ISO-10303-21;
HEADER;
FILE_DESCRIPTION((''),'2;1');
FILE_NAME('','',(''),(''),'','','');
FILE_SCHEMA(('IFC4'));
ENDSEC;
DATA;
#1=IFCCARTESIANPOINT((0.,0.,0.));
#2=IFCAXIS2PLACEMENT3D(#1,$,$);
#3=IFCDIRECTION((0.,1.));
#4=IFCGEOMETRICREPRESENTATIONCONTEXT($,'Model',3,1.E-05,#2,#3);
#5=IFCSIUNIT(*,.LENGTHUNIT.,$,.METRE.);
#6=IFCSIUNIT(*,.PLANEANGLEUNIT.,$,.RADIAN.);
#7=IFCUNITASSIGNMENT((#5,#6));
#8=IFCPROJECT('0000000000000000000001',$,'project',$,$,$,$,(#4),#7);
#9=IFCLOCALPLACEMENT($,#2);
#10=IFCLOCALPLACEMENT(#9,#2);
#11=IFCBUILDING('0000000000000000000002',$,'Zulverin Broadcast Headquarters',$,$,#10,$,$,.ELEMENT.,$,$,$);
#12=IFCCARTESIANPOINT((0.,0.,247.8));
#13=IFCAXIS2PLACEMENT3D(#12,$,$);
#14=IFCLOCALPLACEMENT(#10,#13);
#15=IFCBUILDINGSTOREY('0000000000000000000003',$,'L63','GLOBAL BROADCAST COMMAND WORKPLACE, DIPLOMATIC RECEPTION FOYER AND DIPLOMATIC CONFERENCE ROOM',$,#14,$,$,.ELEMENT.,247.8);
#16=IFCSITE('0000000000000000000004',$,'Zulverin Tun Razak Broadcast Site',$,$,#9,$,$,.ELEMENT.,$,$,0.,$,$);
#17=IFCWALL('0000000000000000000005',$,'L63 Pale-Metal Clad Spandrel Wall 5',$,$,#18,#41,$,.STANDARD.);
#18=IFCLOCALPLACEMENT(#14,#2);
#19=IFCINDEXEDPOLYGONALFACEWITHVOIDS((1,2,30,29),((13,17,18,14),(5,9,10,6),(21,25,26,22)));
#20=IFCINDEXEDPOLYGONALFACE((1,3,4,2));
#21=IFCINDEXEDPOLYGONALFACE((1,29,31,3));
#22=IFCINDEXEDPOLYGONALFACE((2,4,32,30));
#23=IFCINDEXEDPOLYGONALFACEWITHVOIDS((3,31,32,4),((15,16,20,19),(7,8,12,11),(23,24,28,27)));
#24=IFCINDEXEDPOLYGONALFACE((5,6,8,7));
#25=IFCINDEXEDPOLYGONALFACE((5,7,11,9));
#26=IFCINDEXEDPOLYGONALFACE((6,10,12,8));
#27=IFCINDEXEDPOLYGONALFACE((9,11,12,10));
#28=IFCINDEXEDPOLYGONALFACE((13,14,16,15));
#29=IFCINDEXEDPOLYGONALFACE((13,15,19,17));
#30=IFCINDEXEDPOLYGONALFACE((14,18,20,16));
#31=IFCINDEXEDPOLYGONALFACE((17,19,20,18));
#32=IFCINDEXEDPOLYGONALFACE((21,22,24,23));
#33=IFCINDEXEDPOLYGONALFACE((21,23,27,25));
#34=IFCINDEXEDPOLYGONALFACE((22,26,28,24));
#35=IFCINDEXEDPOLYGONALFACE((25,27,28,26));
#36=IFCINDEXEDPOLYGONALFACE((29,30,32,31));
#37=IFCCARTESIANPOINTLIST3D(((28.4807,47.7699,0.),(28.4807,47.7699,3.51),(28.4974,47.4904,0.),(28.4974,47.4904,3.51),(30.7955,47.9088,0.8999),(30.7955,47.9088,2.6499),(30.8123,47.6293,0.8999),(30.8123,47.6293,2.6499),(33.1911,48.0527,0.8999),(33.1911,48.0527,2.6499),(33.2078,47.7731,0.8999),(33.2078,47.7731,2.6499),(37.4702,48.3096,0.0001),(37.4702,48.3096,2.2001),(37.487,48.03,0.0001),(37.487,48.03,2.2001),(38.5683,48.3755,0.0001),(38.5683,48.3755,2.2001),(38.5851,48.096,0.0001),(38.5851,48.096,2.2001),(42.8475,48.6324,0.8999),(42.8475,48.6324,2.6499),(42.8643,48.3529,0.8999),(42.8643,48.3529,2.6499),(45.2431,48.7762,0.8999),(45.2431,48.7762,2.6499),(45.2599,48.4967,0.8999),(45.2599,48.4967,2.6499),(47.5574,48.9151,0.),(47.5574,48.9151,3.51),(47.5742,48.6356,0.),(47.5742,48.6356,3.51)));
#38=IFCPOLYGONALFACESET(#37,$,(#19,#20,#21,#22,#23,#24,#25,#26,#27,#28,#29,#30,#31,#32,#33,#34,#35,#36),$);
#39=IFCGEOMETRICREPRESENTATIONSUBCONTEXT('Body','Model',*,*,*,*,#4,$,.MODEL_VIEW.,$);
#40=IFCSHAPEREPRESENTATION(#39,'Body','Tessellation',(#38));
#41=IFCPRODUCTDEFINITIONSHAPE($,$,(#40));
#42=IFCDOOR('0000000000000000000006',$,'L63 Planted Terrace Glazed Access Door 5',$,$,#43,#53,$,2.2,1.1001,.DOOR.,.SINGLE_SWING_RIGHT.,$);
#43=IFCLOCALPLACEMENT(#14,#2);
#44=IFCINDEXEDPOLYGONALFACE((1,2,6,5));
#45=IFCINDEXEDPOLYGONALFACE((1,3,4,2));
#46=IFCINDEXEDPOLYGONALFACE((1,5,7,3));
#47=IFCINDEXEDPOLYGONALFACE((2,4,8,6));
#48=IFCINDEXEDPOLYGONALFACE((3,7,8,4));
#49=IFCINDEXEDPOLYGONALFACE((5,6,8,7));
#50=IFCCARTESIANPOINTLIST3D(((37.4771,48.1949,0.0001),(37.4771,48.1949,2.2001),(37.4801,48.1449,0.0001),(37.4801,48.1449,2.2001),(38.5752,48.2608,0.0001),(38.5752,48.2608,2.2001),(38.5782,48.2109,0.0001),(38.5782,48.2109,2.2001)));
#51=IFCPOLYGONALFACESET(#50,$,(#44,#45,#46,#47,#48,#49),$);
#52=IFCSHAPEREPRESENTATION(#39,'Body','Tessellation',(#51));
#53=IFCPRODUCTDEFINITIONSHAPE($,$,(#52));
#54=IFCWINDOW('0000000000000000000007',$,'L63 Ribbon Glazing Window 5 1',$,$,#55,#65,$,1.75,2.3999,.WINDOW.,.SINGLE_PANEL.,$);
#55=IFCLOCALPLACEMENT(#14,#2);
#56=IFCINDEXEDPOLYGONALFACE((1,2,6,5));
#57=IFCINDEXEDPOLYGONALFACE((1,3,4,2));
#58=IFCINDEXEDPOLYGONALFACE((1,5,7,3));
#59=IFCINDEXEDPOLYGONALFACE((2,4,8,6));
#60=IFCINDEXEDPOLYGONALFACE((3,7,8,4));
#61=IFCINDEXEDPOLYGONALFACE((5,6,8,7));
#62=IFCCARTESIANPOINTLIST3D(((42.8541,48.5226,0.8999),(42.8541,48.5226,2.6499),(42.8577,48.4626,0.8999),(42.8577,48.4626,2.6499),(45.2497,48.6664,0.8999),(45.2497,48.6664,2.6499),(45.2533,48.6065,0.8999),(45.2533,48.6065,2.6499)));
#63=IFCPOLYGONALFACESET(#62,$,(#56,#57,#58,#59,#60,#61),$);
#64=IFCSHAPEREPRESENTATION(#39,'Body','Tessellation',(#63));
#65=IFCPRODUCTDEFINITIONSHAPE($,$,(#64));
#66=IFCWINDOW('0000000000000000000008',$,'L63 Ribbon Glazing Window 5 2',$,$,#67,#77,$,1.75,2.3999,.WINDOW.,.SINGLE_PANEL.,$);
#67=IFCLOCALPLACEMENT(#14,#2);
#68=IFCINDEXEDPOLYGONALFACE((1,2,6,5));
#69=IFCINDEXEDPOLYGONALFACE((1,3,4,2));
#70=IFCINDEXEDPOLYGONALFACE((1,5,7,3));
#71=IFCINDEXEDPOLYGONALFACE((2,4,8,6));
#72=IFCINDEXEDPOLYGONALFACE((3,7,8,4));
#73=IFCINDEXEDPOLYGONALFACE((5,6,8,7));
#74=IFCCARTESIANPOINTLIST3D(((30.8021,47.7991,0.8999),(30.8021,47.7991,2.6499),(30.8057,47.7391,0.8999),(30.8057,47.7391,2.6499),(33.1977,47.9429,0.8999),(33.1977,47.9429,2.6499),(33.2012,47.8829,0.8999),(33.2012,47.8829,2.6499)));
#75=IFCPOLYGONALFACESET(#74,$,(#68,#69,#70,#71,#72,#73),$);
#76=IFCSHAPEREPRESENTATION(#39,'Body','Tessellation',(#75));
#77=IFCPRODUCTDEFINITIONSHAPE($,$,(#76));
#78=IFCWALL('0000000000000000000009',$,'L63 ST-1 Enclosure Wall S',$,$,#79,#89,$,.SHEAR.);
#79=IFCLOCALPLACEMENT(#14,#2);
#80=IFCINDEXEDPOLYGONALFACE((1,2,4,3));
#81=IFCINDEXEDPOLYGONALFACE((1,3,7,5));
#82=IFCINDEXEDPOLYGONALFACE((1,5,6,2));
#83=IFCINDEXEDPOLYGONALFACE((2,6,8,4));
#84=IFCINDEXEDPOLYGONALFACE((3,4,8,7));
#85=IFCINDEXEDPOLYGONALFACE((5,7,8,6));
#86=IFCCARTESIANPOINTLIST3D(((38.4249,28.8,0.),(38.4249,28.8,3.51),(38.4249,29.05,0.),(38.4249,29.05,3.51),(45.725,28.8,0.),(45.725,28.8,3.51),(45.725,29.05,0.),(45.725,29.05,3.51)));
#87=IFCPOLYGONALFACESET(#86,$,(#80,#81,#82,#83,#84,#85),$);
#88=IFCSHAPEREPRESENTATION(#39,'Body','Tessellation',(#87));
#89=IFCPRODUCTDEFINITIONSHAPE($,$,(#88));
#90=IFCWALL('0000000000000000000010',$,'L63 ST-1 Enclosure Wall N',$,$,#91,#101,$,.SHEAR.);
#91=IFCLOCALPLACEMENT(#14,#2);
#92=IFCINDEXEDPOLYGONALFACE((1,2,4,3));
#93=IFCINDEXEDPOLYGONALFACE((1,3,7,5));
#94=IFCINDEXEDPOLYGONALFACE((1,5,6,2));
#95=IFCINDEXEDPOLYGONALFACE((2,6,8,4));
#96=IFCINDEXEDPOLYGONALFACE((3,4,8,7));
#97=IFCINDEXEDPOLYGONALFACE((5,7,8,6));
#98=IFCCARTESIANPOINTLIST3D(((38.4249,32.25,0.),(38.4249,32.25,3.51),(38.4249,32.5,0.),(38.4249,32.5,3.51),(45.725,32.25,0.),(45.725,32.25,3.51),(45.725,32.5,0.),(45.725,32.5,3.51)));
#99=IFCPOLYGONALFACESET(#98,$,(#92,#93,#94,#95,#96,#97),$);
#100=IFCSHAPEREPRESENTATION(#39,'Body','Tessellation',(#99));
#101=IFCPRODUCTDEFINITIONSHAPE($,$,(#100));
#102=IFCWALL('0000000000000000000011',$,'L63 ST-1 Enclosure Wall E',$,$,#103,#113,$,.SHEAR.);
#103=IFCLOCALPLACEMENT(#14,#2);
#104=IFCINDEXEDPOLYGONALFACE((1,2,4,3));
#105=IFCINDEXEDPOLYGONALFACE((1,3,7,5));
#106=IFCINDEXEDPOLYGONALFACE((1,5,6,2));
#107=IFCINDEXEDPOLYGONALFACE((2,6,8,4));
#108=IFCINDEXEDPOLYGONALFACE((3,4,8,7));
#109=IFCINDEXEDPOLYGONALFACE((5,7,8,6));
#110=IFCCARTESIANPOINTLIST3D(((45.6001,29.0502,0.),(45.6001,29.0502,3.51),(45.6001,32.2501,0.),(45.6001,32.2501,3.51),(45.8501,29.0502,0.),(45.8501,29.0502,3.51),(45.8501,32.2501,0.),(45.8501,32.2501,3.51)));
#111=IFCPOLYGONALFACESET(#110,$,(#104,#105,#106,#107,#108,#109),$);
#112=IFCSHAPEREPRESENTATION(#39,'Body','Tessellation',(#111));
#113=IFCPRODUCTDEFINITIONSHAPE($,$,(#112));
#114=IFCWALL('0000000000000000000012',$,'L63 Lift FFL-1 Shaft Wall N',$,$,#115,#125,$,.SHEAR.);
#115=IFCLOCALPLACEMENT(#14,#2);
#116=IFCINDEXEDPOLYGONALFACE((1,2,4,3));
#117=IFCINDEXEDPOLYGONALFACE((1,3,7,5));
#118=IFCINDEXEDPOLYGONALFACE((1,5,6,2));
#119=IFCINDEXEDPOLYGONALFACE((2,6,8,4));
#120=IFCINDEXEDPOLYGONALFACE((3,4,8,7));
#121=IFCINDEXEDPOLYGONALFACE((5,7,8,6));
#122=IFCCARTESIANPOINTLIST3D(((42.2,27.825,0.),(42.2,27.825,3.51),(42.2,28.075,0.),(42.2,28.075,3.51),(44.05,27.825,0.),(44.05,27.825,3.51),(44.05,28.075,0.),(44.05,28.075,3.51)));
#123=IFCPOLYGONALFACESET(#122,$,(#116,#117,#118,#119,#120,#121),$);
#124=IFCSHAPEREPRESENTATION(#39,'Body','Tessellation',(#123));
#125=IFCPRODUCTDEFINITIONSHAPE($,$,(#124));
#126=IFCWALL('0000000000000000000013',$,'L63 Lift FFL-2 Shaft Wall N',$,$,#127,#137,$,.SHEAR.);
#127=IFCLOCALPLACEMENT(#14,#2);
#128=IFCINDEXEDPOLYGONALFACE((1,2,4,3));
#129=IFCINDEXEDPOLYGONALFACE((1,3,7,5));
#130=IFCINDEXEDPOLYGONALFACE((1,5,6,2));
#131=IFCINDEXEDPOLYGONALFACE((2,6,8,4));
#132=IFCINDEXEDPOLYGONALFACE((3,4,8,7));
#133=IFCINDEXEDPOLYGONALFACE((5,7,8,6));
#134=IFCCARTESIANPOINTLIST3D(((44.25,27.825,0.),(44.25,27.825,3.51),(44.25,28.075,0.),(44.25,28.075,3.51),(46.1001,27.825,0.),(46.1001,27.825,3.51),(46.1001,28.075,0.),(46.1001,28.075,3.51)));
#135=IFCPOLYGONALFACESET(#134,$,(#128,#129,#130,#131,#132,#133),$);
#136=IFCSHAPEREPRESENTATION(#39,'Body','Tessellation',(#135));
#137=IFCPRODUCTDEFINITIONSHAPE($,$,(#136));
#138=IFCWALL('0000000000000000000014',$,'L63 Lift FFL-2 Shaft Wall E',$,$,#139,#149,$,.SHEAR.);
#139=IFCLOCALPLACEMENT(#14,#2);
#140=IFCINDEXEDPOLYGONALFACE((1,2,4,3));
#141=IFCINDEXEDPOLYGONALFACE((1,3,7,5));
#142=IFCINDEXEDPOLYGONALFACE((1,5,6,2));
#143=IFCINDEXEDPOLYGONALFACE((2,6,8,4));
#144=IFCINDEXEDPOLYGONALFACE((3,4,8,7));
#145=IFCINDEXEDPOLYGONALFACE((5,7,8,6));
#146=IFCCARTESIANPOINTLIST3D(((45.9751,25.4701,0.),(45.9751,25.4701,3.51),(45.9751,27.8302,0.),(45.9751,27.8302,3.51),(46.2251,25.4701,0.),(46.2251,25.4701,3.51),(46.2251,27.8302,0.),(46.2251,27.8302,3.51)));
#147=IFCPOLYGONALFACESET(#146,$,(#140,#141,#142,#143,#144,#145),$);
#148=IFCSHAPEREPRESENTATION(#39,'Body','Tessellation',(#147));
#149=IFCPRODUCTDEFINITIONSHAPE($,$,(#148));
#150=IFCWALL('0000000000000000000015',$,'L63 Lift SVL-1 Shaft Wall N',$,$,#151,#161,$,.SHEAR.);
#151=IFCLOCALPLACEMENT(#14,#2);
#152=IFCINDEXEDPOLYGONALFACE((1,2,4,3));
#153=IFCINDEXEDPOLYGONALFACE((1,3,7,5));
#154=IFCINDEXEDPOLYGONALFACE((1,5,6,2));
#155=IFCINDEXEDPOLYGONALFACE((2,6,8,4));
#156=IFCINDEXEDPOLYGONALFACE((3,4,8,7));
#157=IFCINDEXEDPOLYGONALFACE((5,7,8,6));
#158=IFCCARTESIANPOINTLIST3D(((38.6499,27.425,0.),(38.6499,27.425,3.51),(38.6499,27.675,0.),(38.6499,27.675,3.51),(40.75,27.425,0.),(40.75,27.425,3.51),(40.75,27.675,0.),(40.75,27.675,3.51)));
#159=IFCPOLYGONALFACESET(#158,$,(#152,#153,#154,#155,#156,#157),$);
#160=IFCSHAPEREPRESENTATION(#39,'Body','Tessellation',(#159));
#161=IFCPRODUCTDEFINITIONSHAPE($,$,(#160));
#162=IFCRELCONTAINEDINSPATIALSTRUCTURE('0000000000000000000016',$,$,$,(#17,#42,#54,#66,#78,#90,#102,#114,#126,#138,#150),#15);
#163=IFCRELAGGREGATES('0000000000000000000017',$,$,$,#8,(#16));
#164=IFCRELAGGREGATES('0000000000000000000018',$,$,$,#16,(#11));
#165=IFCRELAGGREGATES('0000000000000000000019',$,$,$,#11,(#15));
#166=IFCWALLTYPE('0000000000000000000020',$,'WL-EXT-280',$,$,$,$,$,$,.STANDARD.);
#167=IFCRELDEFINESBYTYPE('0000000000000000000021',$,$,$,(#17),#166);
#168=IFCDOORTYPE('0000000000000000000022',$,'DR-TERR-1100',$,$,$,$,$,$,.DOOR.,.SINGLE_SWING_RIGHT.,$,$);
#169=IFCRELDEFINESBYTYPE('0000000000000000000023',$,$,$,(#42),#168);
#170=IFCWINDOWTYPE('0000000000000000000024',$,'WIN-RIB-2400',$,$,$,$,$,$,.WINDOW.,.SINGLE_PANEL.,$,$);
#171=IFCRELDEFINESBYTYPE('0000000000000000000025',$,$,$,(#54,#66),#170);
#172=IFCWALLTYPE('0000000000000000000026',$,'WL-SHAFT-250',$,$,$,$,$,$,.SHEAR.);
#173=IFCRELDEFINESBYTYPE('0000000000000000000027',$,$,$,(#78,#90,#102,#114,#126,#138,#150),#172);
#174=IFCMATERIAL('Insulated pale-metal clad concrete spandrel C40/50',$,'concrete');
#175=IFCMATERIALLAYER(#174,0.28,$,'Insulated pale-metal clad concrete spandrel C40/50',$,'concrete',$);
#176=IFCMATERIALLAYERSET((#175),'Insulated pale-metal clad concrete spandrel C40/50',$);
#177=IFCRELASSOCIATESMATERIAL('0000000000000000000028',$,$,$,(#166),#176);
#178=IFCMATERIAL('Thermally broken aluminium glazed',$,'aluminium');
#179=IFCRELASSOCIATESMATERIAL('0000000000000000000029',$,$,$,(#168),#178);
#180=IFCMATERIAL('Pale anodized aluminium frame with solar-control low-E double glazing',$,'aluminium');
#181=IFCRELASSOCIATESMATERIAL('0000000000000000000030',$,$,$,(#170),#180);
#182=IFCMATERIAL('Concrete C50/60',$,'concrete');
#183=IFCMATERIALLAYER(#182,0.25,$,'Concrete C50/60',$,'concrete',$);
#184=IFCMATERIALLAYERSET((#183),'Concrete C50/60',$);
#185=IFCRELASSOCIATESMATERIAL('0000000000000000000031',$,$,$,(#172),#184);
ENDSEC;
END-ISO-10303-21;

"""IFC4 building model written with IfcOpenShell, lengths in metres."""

from ifc_helpers import new_model, si_unit, direction, frame, frame_2d, origin, place, context, subcontext, project, spatial, rectangle, extrude, material, layer, layer_set, type_object, element, fill, save


model = new_model("IFC4")

# Units and contexts
model_context = context("Model", 3, precision=1e-05, world=origin(), true_north=direction((0.0, 1.0)))
body_context = subcontext(model_context, "Body", "Model", "MODEL_VIEW")
ifc_project = project(units=[si_unit("LENGTHUNIT", "METRE"), si_unit("PLANEANGLEUNIT", "RADIAN")], contexts=[model_context])

# Site, building, storey
site_placement = place(None, origin())
site = spatial("IfcSite", under=ifc_project, at=site_placement, Name="Zulverin Tun Razak Broadcast Site", CompositionType="ELEMENT", RefElevation=0.0)
building_placement = place(site_placement, origin())
building = spatial("IfcBuilding", under=site, at=building_placement, Name="Zulverin Broadcast Headquarters", CompositionType="ELEMENT")
storey_placement = place(building_placement, frame((0.0, 0.0, 247.8)))
storey = spatial("IfcBuildingStorey", under=building, at=storey_placement, Name="L63", Description="GLOBAL BROADCAST COMMAND WORKPLACE, DIPLOMATIC RECEPTION FOYER AND DIPLOMATIC CONFERENCE ROOM", CompositionType="ELEMENT", Elevation=247.8)

# Shared definitions
ifc_material_1 = material(Name="Concrete C50/60", Category="concrete")

# Wall, openings, door, windows
ifc_material_2 = material(Name="Insulated pale-metal clad concrete spandrel C40/50", Category="concrete")
ifc_layer_1 = layer(ifc_material_2, 0.28, Name="Insulated pale-metal clad concrete spandrel C40/50", Category="concrete")
ifc_layer_set_1 = layer_set([ifc_layer_1], Name="Insulated pale-metal clad concrete spandrel C40/50")
wall_type_1 = type_object("IfcWallType", Name="WL-EXT-280", PredefinedType="STANDARD", material=ifc_layer_set_1)
wall_1_placement = place(storey_placement, frame((47.5659, 48.7754, 0.0), z_axis=(0.0, 0.0, 1.0), x_axis=(-0.998203, -0.059927, 0.0)))
wall_1 = element("IfcWall", 1, at=wall_1_placement, inside=storey, type_object=wall_type_1, Name="L63 Pale-Metal Clad Spandrel Wall 5", PredefinedType="STANDARD", context=body_context, shape_type="SweptSolid", body=[
    extrude(rectangle(XDim=19.1111, YDim=0.28, at=frame_2d((9.5557, 0.0))), origin(), (0.0, 0.0, 1.0), 3.51),
])
opening_1_placement = place(wall_1_placement, frame((9.0054, 0.0, 0.0)))
opening_1 = element("IfcOpeningElement", 2, at=opening_1_placement, cuts=wall_1, PredefinedType="OPENING", context=body_context, shape_type="SweptSolid", body=[
    extrude(rectangle(XDim=1.1001, YDim=2.2, at=frame_2d((0.55, 1.1001))), frame((0.0, 0.1499, 0.0), z_axis=(0.0, -1.0, 0.0), x_axis=(1.0, 0.0, 0.0)), (0.0, 0.0, 1.0), 0.3),
])
opening_2_placement = place(wall_1_placement, frame((2.3186, 0.0, 0.8999)))
opening_2 = element("IfcOpeningElement", 3, at=opening_2_placement, cuts=wall_1, PredefinedType="OPENING", context=body_context, shape_type="SweptSolid", body=[
    extrude(rectangle(XDim=2.3999, YDim=1.75, at=frame_2d((1.2, 0.875))), frame((0.0, 0.1499, 0.0), z_axis=(0.0, -1.0, 0.0), x_axis=(1.0, 0.0, 0.0)), (0.0, 0.0, 1.0), 0.3),
])
opening_3_placement = place(wall_1_placement, frame((14.3923, 0.0, 0.8999)))
opening_3 = element("IfcOpeningElement", 4, at=opening_3_placement, cuts=wall_1, PredefinedType="OPENING", context=body_context, shape_type="SweptSolid", body=[
    extrude(rectangle(XDim=2.3999, YDim=1.75, at=frame_2d((1.2, 0.875))), frame((0.0, 0.1499, 0.0), z_axis=(0.0, -1.0, 0.0), x_axis=(1.0, 0.0, 0.0)), (0.0, 0.0, 1.0), 0.3),
])
ifc_material_3 = material(Name="Thermally broken aluminium glazed", Category="aluminium")
door_type_1 = type_object("IfcDoorType", Name="DR-TERR-1100", OperationType="SINGLE_SWING_RIGHT", PredefinedType="DOOR", material=ifc_material_3)
door_1_placement = place(opening_1_placement, origin())
door_1 = element("IfcDoor", 5, at=door_1_placement, inside=storey, type_object=door_type_1, Name="L63 Planted Terrace Glazed Access Door 5", OperationType="SINGLE_SWING_RIGHT", OverallHeight=2.2, OverallWidth=1.1001, PredefinedType="DOOR", context=body_context, shape_type="SweptSolid", body=[
    extrude(rectangle(XDim=1.1001, YDim=2.2, at=frame_2d((0.55, 1.1001))), frame((0.0, 0.0249, 0.0), z_axis=(0.0, -1.0, 0.0), x_axis=(1.0, 0.0, 0.0)), (0.0, 0.0, 1.0), 0.05),
])
fill(opening_1, door_1)
ifc_material_4 = material(Name="Pale anodized aluminium frame with solar-control low-E double glazing", Category="aluminium")
window_type = type_object("IfcWindowType", Name="WIN-RIB-2400", PartitioningType="SINGLE_PANEL", PredefinedType="WINDOW", material=ifc_material_4)
window_1_placement = place(opening_2_placement, origin())
window_1 = element("IfcWindow", 6, at=window_1_placement, inside=storey, type_object=window_type, Name="L63 Ribbon Glazing Window 5 1", OverallHeight=1.75, OverallWidth=2.3999, PartitioningType="SINGLE_PANEL", PredefinedType="WINDOW", context=body_context, shape_type="SweptSolid", body=[
    extrude(rectangle(XDim=2.3999, YDim=1.75, at=frame_2d((1.2, 0.875))), frame((0.0, 0.03, 0.0), z_axis=(0.0, -1.0, 0.0), x_axis=(1.0, 0.0, 0.0)), (0.0, 0.0, 1.0), 0.0601),
])
fill(opening_2, window_1)
window_2_placement = place(opening_3_placement, origin())
window_2 = element("IfcWindow", 7, at=window_2_placement, inside=storey, type_object=window_type, Name="L63 Ribbon Glazing Window 5 2", OverallHeight=1.75, OverallWidth=2.3999, PartitioningType="SINGLE_PANEL", PredefinedType="WINDOW", context=body_context, shape_type="SweptSolid", body=[
    extrude(rectangle(XDim=2.3999, YDim=1.75, at=frame_2d((1.2, 0.875))), frame((0.0, 0.03, 0.0), z_axis=(0.0, -1.0, 0.0), x_axis=(1.0, 0.0, 0.0)), (0.0, 0.0, 1.0), 0.0601),
])
fill(opening_3, window_2)

# Walls
ifc_layer_2 = layer(ifc_material_1, 0.25, Name="Concrete C50/60", Category="concrete")
ifc_layer_set_2 = layer_set([ifc_layer_2], Name="Concrete C50/60")
wall_type_2 = type_object("IfcWallType", Name="WL-SHAFT-250", PredefinedType="SHEAR", material=ifc_layer_set_2)
for number, where, z_axis, x_axis, name in (
    (8, (38.425, 28.925, 0.0), (0.0, 0.0, 1.0), (1.0, 0.0, 0.0), "L63 ST-1 Enclosure Wall S"),
    (9, (38.425, 32.375, 0.0), (0.0, 0.0, 1.0), (1.0, 0.0, 0.0), "L63 ST-1 Enclosure Wall N"),
):
    element("IfcWall", number, at=place(storey_placement, frame(where, z_axis=z_axis, x_axis=x_axis)), inside=storey, type_object=wall_type_2, Name=name, PredefinedType="SHEAR", context=body_context, shape_type="SweptSolid", body=[
        extrude(rectangle(XDim=7.3, YDim=0.25, at=frame_2d((3.6499, 0.0))), origin(), (0.0, 0.0, 1.0), 3.51),
    ])

# Walls
wall_2_placement = place(storey_placement, frame((45.7251, 29.05, 0.0), z_axis=(0.0, 0.0, 1.0), x_axis=(0.0, 1.0, 0.0)))
element("IfcWall", 10, at=wall_2_placement, inside=storey, type_object=wall_type_2, Name="L63 ST-1 Enclosure Wall E", PredefinedType="SHEAR", context=body_context, shape_type="SweptSolid", body=[
    extrude(rectangle(XDim=3.2, YDim=0.25, at=frame_2d((1.6001, 0.0))), origin(), (0.0, 0.0, 1.0), 3.51),
])
for number, where, z_axis, x_axis, name in (
    (11, (42.2, 27.95, 0.0), (0.0, 0.0, 1.0), (1.0, 0.0, 0.0), "L63 Lift FFL-1 Shaft Wall N"),
    (12, (44.25, 27.95, 0.0), (0.0, 0.0, 1.0), (1.0, 0.0, 0.0), "L63 Lift FFL-2 Shaft Wall N"),
):
    element("IfcWall", number, at=place(storey_placement, frame(where, z_axis=z_axis, x_axis=x_axis)), inside=storey, type_object=wall_type_2, Name=name, PredefinedType="SHEAR", context=body_context, shape_type="SweptSolid", body=[
        extrude(rectangle(XDim=1.8501, YDim=0.25, at=frame_2d((0.925, 0.0))), origin(), (0.0, 0.0, 1.0), 3.51),
    ])
wall_3_placement = place(storey_placement, frame((46.1001, 25.47, 0.0), z_axis=(0.0, 0.0, 1.0), x_axis=(0.0, 1.0, 0.0)))
element("IfcWall", 13, at=wall_3_placement, inside=storey, type_object=wall_type_2, Name="L63 Lift FFL-2 Shaft Wall E", PredefinedType="SHEAR", context=body_context, shape_type="SweptSolid", body=[
    extrude(rectangle(XDim=2.3601, YDim=0.25, at=frame_2d((1.1802, 0.0))), origin(), (0.0, 0.0, 1.0), 3.51),
])
wall_4_placement = place(storey_placement, frame((38.6499, 27.55, 0.0), z_axis=(0.0, 0.0, 1.0), x_axis=(1.0, 0.0, 0.0)))
element("IfcWall", 14, at=wall_4_placement, inside=storey, type_object=wall_type_2, Name="L63 Lift SVL-1 Shaft Wall N", PredefinedType="SHEAR", context=body_context, shape_type="SweptSolid", body=[
    extrude(rectangle(XDim=2.1001, YDim=0.25, at=frame_2d((1.05, 0.0))), origin(), (0.0, 0.0, 1.0), 3.51),
])

save(model, "model.ifc")
